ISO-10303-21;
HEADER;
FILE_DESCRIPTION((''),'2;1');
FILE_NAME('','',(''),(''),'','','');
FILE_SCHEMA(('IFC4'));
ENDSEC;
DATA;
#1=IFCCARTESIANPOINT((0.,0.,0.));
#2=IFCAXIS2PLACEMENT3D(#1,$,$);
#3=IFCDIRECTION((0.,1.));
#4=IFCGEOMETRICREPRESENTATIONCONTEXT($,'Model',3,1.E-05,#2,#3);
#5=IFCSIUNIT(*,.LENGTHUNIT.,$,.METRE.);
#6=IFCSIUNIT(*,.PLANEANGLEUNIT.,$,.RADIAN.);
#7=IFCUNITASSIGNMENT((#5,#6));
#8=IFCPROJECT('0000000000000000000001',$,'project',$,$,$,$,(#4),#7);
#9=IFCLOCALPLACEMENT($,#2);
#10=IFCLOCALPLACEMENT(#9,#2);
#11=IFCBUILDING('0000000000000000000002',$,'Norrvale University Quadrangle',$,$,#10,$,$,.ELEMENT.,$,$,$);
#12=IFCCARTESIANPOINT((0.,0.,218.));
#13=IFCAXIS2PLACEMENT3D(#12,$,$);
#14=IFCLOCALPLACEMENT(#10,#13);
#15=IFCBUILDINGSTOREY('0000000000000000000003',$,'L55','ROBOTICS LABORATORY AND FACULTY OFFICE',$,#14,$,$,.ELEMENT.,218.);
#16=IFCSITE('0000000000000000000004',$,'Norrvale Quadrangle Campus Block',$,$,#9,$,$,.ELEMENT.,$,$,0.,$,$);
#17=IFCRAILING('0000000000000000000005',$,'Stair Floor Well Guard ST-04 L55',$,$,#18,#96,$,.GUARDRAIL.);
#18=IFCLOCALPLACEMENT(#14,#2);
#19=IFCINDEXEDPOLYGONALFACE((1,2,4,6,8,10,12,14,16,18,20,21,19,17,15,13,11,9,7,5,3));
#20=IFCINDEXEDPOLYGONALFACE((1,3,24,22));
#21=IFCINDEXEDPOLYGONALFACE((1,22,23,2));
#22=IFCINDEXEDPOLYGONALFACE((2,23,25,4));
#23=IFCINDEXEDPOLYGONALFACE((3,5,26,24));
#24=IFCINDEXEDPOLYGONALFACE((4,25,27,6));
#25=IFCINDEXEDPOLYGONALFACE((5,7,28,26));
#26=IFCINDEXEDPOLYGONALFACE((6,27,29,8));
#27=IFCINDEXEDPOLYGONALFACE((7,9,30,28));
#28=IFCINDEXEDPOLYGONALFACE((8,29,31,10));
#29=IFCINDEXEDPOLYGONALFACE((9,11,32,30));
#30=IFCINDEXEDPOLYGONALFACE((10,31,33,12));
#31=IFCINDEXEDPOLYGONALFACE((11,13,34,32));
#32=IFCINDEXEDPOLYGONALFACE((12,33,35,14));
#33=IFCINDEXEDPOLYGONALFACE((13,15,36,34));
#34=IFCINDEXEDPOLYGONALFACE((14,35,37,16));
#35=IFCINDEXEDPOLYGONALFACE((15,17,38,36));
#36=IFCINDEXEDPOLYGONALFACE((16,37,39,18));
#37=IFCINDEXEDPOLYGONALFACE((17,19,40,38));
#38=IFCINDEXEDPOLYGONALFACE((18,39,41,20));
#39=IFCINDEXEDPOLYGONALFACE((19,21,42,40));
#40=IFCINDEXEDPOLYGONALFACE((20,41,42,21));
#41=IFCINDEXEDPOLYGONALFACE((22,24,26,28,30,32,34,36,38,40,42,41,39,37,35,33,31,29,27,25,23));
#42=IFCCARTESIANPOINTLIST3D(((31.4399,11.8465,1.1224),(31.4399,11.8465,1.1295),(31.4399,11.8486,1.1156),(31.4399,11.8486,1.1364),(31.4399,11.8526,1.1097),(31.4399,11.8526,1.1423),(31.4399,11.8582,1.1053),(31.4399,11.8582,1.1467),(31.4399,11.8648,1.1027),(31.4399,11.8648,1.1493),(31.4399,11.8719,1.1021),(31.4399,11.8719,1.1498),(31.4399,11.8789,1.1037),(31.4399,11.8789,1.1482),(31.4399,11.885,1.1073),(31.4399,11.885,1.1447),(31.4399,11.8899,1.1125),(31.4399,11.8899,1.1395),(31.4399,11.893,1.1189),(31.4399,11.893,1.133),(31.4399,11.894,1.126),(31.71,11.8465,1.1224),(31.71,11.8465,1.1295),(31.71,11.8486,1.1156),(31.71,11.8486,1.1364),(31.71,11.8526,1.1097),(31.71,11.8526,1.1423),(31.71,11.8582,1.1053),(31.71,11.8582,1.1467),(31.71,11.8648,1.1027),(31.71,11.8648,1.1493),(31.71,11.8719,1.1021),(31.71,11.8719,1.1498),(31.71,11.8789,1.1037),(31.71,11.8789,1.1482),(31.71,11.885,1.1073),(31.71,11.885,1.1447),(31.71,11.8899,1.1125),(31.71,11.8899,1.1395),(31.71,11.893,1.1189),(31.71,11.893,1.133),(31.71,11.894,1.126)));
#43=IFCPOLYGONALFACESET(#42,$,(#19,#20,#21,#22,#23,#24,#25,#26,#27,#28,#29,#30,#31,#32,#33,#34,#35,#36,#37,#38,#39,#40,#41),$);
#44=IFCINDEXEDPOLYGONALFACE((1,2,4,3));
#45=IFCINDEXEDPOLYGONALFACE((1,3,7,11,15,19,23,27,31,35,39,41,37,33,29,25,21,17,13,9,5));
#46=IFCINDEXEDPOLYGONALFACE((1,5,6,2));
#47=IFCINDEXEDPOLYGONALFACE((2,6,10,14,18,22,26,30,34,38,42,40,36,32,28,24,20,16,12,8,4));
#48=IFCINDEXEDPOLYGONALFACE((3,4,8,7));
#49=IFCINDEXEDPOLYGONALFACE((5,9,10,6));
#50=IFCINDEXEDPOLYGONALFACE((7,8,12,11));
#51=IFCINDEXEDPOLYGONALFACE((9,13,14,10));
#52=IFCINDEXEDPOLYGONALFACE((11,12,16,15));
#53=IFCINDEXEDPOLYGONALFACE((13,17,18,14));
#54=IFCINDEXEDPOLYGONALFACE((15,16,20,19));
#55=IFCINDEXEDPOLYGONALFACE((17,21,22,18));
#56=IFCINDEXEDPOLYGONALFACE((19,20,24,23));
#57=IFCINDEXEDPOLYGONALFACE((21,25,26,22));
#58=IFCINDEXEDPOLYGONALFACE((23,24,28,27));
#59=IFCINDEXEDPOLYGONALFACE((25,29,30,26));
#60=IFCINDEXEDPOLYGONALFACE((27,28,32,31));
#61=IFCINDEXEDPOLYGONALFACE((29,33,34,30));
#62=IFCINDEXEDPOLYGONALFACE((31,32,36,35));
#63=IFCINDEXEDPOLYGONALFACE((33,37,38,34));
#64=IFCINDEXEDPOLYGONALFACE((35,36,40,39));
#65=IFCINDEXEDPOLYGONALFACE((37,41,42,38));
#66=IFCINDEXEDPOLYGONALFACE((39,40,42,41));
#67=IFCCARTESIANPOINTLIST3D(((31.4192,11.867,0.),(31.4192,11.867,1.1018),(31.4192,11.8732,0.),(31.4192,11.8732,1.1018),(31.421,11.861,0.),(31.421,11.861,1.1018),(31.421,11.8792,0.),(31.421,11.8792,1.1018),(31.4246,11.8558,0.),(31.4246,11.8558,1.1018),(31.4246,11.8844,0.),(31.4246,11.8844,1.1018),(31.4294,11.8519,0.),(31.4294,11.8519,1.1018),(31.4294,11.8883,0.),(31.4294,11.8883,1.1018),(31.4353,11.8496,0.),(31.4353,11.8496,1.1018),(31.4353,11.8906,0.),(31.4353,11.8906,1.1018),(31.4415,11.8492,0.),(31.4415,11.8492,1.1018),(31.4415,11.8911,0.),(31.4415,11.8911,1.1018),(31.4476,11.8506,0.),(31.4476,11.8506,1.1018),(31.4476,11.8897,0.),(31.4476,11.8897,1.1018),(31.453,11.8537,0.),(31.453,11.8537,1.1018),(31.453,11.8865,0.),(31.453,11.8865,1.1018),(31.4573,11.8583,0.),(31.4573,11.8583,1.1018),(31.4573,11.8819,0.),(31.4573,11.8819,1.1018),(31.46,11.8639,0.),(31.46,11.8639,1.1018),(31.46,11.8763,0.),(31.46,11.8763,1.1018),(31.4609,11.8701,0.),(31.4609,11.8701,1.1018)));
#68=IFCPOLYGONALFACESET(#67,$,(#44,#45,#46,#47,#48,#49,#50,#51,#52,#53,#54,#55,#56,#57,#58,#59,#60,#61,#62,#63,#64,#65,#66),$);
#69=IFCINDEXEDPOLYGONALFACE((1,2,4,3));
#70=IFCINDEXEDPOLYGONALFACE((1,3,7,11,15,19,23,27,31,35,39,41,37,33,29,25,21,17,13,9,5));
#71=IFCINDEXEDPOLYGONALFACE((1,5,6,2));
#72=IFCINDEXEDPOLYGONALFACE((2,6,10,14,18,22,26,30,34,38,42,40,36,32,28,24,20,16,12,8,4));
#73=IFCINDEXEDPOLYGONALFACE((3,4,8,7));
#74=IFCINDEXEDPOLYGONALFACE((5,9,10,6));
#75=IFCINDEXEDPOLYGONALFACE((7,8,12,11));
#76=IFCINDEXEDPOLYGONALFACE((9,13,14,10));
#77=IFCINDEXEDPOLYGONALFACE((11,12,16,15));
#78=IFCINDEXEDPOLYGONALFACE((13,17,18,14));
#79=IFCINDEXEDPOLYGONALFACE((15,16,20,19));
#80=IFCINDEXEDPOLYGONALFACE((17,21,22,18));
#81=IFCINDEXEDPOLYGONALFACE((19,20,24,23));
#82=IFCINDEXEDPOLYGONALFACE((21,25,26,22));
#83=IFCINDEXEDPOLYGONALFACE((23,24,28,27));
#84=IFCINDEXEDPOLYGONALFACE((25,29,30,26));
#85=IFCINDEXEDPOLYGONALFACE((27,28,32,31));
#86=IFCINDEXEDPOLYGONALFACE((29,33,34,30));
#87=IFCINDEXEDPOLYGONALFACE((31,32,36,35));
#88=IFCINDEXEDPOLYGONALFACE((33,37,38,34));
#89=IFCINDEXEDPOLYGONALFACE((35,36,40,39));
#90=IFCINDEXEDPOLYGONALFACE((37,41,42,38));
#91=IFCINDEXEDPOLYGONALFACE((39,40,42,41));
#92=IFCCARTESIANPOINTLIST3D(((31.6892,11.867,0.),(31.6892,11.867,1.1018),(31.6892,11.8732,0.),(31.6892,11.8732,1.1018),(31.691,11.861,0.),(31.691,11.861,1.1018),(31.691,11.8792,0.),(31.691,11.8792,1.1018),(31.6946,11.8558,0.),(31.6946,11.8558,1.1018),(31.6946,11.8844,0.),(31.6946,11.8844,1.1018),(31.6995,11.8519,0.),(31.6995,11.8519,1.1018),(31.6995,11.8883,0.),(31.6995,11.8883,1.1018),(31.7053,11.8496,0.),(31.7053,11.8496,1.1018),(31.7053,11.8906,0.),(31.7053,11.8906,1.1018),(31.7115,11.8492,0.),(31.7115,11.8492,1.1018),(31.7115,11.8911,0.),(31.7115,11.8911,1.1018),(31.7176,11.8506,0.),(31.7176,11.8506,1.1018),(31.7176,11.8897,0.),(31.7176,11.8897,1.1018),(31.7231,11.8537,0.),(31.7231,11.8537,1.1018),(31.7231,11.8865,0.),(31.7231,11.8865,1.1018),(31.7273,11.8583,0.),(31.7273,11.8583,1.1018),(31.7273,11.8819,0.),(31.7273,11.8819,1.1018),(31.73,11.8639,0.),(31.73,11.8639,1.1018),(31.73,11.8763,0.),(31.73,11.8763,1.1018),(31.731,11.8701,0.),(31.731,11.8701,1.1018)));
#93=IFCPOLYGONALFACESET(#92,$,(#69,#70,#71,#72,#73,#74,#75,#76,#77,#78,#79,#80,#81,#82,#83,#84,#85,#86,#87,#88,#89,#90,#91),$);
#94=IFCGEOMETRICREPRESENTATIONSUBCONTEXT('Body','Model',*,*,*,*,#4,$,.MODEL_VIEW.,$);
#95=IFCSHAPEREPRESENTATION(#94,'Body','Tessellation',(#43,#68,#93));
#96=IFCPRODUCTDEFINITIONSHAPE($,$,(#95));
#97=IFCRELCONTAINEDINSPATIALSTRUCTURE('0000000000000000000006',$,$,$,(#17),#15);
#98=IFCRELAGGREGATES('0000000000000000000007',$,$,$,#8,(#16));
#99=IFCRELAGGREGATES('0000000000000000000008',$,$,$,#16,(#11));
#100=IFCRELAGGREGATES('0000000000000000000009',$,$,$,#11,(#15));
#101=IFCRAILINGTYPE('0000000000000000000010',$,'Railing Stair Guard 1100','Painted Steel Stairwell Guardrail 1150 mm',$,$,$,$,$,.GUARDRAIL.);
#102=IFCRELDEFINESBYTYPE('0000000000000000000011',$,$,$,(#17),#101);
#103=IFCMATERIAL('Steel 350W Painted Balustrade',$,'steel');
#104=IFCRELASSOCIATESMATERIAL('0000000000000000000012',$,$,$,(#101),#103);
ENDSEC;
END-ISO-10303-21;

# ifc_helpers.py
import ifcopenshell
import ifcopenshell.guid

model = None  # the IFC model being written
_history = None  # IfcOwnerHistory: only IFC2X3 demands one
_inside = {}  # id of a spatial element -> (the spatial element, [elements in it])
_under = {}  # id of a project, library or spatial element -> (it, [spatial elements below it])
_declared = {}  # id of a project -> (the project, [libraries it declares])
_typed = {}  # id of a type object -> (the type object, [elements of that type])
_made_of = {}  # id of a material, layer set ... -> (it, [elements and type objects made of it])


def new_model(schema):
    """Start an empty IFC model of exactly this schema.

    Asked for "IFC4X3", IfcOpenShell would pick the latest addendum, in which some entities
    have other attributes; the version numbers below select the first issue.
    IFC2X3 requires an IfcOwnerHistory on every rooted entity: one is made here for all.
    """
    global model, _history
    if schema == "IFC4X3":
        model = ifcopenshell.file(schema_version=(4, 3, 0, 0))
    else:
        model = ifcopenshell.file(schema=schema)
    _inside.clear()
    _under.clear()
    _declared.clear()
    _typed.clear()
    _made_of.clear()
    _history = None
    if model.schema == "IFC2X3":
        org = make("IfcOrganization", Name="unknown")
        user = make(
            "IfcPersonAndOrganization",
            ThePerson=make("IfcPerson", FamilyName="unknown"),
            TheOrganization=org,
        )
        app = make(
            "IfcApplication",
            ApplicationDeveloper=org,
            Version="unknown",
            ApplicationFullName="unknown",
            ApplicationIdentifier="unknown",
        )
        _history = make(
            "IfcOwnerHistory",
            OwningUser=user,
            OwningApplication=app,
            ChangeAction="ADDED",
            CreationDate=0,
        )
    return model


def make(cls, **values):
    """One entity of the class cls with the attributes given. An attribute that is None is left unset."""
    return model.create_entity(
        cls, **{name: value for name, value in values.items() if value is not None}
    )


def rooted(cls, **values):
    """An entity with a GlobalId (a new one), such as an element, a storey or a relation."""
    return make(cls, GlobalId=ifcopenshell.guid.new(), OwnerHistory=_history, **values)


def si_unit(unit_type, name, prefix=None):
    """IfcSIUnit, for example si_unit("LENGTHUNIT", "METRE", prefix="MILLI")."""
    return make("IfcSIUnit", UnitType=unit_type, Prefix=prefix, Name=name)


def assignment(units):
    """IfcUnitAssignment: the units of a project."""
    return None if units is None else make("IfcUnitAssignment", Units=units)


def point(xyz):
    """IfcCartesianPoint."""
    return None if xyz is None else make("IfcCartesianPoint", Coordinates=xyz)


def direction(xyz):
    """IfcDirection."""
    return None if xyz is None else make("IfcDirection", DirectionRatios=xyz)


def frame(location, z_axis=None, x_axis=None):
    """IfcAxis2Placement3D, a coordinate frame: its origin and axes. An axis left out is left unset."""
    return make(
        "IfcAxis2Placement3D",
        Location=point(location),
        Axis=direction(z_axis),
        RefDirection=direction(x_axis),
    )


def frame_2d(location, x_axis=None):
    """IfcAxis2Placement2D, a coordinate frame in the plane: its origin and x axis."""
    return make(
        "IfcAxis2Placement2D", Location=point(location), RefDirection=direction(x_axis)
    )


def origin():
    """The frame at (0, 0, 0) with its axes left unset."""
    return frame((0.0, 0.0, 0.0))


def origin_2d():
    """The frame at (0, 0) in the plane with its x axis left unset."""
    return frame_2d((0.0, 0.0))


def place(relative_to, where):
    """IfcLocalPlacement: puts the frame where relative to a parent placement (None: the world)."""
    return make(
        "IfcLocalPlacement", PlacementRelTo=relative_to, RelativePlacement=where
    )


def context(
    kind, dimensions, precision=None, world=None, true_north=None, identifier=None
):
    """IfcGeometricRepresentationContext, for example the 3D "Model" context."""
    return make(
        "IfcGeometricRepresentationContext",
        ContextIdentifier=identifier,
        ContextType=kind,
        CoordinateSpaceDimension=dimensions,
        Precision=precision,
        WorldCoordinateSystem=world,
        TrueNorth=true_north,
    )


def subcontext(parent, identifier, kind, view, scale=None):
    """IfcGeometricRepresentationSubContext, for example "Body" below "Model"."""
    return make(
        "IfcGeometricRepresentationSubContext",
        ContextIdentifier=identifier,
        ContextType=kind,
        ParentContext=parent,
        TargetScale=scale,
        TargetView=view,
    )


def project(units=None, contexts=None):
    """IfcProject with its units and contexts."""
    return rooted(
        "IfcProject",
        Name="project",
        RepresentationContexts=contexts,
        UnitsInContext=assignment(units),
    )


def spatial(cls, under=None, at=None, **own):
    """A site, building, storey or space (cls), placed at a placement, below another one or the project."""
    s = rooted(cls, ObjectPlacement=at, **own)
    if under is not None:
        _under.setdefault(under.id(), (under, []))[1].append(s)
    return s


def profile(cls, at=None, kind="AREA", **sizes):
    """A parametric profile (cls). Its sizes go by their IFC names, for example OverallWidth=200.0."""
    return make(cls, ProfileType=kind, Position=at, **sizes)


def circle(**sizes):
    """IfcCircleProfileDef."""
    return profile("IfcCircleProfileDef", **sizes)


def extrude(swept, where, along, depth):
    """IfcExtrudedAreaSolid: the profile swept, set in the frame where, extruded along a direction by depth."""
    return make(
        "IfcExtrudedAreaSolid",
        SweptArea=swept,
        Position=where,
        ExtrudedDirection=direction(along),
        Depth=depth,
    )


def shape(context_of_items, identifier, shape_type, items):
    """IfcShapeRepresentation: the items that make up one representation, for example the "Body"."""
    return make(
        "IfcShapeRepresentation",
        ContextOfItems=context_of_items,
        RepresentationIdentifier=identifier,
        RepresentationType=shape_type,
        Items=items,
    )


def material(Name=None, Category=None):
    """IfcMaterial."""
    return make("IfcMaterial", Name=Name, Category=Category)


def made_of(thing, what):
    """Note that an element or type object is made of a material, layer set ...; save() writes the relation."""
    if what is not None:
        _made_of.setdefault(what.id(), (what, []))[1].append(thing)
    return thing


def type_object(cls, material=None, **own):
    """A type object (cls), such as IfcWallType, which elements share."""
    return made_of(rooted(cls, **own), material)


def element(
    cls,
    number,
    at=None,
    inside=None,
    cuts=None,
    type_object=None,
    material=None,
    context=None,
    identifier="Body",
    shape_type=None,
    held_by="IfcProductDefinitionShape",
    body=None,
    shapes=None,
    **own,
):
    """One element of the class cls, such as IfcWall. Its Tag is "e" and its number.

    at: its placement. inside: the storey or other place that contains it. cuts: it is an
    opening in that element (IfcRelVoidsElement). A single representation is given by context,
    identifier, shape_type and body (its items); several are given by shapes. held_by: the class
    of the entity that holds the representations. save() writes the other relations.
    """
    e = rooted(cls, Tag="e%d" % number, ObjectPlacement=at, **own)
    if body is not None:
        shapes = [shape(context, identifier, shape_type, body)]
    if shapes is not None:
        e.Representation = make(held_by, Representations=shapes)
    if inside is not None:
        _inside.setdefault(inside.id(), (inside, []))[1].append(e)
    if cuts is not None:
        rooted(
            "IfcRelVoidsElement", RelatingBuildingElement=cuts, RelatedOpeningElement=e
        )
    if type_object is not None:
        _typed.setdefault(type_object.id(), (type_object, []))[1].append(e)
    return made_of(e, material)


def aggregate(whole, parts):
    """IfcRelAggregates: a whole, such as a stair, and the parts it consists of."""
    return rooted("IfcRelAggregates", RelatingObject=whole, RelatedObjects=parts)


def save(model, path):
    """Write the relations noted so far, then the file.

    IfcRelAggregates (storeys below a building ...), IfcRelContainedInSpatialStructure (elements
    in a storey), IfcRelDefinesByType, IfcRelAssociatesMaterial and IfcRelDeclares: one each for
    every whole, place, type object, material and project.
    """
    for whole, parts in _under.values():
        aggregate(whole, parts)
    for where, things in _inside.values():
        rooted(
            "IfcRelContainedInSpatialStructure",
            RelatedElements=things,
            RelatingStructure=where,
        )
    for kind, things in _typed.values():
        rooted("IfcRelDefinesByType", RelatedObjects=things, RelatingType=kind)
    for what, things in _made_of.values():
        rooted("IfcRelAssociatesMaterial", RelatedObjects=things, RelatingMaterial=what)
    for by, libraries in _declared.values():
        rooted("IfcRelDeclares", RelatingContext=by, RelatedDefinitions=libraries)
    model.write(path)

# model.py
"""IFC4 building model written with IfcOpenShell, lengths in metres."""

from ifc_helpers import new_model, si_unit, direction, frame, origin, origin_2d, place, context, subcontext, project, spatial, circle, extrude, material, type_object, element, save


model = new_model("IFC4")

# Units and contexts
model_context = context("Model", 3, precision=1e-05, world=origin(), true_north=direction((0.0, 1.0)))
body_context = subcontext(model_context, "Body", "Model", "MODEL_VIEW")
ifc_project = project(units=[si_unit("LENGTHUNIT", "METRE"), si_unit("PLANEANGLEUNIT", "RADIAN")], contexts=[model_context])

# Site, building, storey
site_placement = place(None, origin())
site = spatial("IfcSite", under=ifc_project, at=site_placement, Name="Norrvale Quadrangle Campus Block", CompositionType="ELEMENT", RefElevation=0.0)
building_placement = place(site_placement, origin())
building = spatial("IfcBuilding", under=site, at=building_placement, Name="Norrvale University Quadrangle", CompositionType="ELEMENT")
storey_placement = place(building_placement, frame((0.0, 0.0, 218.0)))
storey = spatial("IfcBuildingStorey", under=building, at=storey_placement, Name="L55", Description="ROBOTICS LABORATORY AND FACULTY OFFICE", CompositionType="ELEMENT", Elevation=218.0)

# Railing
ifc_material_1 = material(Name="Steel 350W Painted Balustrade", Category="steel")
railing_type_1 = type_object("IfcRailingType", Name="Railing Stair Guard 1100", Description="Painted Steel Stairwell Guardrail 1150 mm", PredefinedType="GUARDRAIL", material=ifc_material_1)
railing_1_placement = place(storey_placement, frame((31.4399, 11.8701, 0.0)))
element("IfcRailing", 1, at=railing_1_placement, inside=storey, type_object=railing_type_1, Name="Stair Floor Well Guard ST-04 L55", PredefinedType="GUARDRAIL", context=body_context, shape_type="SweptSolid", body=[
    extrude(circle(Radius=0.0239, at=origin_2d()), frame((0.0, 0.0, 1.126), z_axis=(1.0, 0.0, 0.0), x_axis=(0.0, 1.0, 0.0)), (0.0, 0.0, 1.0), 0.27),
    extrude(circle(Radius=0.021, at=origin_2d()), origin(), (0.0, 0.0, 1.0), 1.1018),
    extrude(circle(Radius=0.021, at=origin_2d()), frame((0.27, 0.0, 0.0)), (0.0, 0.0, 1.0), 1.1018),
])

save(model, "model.ifc")
